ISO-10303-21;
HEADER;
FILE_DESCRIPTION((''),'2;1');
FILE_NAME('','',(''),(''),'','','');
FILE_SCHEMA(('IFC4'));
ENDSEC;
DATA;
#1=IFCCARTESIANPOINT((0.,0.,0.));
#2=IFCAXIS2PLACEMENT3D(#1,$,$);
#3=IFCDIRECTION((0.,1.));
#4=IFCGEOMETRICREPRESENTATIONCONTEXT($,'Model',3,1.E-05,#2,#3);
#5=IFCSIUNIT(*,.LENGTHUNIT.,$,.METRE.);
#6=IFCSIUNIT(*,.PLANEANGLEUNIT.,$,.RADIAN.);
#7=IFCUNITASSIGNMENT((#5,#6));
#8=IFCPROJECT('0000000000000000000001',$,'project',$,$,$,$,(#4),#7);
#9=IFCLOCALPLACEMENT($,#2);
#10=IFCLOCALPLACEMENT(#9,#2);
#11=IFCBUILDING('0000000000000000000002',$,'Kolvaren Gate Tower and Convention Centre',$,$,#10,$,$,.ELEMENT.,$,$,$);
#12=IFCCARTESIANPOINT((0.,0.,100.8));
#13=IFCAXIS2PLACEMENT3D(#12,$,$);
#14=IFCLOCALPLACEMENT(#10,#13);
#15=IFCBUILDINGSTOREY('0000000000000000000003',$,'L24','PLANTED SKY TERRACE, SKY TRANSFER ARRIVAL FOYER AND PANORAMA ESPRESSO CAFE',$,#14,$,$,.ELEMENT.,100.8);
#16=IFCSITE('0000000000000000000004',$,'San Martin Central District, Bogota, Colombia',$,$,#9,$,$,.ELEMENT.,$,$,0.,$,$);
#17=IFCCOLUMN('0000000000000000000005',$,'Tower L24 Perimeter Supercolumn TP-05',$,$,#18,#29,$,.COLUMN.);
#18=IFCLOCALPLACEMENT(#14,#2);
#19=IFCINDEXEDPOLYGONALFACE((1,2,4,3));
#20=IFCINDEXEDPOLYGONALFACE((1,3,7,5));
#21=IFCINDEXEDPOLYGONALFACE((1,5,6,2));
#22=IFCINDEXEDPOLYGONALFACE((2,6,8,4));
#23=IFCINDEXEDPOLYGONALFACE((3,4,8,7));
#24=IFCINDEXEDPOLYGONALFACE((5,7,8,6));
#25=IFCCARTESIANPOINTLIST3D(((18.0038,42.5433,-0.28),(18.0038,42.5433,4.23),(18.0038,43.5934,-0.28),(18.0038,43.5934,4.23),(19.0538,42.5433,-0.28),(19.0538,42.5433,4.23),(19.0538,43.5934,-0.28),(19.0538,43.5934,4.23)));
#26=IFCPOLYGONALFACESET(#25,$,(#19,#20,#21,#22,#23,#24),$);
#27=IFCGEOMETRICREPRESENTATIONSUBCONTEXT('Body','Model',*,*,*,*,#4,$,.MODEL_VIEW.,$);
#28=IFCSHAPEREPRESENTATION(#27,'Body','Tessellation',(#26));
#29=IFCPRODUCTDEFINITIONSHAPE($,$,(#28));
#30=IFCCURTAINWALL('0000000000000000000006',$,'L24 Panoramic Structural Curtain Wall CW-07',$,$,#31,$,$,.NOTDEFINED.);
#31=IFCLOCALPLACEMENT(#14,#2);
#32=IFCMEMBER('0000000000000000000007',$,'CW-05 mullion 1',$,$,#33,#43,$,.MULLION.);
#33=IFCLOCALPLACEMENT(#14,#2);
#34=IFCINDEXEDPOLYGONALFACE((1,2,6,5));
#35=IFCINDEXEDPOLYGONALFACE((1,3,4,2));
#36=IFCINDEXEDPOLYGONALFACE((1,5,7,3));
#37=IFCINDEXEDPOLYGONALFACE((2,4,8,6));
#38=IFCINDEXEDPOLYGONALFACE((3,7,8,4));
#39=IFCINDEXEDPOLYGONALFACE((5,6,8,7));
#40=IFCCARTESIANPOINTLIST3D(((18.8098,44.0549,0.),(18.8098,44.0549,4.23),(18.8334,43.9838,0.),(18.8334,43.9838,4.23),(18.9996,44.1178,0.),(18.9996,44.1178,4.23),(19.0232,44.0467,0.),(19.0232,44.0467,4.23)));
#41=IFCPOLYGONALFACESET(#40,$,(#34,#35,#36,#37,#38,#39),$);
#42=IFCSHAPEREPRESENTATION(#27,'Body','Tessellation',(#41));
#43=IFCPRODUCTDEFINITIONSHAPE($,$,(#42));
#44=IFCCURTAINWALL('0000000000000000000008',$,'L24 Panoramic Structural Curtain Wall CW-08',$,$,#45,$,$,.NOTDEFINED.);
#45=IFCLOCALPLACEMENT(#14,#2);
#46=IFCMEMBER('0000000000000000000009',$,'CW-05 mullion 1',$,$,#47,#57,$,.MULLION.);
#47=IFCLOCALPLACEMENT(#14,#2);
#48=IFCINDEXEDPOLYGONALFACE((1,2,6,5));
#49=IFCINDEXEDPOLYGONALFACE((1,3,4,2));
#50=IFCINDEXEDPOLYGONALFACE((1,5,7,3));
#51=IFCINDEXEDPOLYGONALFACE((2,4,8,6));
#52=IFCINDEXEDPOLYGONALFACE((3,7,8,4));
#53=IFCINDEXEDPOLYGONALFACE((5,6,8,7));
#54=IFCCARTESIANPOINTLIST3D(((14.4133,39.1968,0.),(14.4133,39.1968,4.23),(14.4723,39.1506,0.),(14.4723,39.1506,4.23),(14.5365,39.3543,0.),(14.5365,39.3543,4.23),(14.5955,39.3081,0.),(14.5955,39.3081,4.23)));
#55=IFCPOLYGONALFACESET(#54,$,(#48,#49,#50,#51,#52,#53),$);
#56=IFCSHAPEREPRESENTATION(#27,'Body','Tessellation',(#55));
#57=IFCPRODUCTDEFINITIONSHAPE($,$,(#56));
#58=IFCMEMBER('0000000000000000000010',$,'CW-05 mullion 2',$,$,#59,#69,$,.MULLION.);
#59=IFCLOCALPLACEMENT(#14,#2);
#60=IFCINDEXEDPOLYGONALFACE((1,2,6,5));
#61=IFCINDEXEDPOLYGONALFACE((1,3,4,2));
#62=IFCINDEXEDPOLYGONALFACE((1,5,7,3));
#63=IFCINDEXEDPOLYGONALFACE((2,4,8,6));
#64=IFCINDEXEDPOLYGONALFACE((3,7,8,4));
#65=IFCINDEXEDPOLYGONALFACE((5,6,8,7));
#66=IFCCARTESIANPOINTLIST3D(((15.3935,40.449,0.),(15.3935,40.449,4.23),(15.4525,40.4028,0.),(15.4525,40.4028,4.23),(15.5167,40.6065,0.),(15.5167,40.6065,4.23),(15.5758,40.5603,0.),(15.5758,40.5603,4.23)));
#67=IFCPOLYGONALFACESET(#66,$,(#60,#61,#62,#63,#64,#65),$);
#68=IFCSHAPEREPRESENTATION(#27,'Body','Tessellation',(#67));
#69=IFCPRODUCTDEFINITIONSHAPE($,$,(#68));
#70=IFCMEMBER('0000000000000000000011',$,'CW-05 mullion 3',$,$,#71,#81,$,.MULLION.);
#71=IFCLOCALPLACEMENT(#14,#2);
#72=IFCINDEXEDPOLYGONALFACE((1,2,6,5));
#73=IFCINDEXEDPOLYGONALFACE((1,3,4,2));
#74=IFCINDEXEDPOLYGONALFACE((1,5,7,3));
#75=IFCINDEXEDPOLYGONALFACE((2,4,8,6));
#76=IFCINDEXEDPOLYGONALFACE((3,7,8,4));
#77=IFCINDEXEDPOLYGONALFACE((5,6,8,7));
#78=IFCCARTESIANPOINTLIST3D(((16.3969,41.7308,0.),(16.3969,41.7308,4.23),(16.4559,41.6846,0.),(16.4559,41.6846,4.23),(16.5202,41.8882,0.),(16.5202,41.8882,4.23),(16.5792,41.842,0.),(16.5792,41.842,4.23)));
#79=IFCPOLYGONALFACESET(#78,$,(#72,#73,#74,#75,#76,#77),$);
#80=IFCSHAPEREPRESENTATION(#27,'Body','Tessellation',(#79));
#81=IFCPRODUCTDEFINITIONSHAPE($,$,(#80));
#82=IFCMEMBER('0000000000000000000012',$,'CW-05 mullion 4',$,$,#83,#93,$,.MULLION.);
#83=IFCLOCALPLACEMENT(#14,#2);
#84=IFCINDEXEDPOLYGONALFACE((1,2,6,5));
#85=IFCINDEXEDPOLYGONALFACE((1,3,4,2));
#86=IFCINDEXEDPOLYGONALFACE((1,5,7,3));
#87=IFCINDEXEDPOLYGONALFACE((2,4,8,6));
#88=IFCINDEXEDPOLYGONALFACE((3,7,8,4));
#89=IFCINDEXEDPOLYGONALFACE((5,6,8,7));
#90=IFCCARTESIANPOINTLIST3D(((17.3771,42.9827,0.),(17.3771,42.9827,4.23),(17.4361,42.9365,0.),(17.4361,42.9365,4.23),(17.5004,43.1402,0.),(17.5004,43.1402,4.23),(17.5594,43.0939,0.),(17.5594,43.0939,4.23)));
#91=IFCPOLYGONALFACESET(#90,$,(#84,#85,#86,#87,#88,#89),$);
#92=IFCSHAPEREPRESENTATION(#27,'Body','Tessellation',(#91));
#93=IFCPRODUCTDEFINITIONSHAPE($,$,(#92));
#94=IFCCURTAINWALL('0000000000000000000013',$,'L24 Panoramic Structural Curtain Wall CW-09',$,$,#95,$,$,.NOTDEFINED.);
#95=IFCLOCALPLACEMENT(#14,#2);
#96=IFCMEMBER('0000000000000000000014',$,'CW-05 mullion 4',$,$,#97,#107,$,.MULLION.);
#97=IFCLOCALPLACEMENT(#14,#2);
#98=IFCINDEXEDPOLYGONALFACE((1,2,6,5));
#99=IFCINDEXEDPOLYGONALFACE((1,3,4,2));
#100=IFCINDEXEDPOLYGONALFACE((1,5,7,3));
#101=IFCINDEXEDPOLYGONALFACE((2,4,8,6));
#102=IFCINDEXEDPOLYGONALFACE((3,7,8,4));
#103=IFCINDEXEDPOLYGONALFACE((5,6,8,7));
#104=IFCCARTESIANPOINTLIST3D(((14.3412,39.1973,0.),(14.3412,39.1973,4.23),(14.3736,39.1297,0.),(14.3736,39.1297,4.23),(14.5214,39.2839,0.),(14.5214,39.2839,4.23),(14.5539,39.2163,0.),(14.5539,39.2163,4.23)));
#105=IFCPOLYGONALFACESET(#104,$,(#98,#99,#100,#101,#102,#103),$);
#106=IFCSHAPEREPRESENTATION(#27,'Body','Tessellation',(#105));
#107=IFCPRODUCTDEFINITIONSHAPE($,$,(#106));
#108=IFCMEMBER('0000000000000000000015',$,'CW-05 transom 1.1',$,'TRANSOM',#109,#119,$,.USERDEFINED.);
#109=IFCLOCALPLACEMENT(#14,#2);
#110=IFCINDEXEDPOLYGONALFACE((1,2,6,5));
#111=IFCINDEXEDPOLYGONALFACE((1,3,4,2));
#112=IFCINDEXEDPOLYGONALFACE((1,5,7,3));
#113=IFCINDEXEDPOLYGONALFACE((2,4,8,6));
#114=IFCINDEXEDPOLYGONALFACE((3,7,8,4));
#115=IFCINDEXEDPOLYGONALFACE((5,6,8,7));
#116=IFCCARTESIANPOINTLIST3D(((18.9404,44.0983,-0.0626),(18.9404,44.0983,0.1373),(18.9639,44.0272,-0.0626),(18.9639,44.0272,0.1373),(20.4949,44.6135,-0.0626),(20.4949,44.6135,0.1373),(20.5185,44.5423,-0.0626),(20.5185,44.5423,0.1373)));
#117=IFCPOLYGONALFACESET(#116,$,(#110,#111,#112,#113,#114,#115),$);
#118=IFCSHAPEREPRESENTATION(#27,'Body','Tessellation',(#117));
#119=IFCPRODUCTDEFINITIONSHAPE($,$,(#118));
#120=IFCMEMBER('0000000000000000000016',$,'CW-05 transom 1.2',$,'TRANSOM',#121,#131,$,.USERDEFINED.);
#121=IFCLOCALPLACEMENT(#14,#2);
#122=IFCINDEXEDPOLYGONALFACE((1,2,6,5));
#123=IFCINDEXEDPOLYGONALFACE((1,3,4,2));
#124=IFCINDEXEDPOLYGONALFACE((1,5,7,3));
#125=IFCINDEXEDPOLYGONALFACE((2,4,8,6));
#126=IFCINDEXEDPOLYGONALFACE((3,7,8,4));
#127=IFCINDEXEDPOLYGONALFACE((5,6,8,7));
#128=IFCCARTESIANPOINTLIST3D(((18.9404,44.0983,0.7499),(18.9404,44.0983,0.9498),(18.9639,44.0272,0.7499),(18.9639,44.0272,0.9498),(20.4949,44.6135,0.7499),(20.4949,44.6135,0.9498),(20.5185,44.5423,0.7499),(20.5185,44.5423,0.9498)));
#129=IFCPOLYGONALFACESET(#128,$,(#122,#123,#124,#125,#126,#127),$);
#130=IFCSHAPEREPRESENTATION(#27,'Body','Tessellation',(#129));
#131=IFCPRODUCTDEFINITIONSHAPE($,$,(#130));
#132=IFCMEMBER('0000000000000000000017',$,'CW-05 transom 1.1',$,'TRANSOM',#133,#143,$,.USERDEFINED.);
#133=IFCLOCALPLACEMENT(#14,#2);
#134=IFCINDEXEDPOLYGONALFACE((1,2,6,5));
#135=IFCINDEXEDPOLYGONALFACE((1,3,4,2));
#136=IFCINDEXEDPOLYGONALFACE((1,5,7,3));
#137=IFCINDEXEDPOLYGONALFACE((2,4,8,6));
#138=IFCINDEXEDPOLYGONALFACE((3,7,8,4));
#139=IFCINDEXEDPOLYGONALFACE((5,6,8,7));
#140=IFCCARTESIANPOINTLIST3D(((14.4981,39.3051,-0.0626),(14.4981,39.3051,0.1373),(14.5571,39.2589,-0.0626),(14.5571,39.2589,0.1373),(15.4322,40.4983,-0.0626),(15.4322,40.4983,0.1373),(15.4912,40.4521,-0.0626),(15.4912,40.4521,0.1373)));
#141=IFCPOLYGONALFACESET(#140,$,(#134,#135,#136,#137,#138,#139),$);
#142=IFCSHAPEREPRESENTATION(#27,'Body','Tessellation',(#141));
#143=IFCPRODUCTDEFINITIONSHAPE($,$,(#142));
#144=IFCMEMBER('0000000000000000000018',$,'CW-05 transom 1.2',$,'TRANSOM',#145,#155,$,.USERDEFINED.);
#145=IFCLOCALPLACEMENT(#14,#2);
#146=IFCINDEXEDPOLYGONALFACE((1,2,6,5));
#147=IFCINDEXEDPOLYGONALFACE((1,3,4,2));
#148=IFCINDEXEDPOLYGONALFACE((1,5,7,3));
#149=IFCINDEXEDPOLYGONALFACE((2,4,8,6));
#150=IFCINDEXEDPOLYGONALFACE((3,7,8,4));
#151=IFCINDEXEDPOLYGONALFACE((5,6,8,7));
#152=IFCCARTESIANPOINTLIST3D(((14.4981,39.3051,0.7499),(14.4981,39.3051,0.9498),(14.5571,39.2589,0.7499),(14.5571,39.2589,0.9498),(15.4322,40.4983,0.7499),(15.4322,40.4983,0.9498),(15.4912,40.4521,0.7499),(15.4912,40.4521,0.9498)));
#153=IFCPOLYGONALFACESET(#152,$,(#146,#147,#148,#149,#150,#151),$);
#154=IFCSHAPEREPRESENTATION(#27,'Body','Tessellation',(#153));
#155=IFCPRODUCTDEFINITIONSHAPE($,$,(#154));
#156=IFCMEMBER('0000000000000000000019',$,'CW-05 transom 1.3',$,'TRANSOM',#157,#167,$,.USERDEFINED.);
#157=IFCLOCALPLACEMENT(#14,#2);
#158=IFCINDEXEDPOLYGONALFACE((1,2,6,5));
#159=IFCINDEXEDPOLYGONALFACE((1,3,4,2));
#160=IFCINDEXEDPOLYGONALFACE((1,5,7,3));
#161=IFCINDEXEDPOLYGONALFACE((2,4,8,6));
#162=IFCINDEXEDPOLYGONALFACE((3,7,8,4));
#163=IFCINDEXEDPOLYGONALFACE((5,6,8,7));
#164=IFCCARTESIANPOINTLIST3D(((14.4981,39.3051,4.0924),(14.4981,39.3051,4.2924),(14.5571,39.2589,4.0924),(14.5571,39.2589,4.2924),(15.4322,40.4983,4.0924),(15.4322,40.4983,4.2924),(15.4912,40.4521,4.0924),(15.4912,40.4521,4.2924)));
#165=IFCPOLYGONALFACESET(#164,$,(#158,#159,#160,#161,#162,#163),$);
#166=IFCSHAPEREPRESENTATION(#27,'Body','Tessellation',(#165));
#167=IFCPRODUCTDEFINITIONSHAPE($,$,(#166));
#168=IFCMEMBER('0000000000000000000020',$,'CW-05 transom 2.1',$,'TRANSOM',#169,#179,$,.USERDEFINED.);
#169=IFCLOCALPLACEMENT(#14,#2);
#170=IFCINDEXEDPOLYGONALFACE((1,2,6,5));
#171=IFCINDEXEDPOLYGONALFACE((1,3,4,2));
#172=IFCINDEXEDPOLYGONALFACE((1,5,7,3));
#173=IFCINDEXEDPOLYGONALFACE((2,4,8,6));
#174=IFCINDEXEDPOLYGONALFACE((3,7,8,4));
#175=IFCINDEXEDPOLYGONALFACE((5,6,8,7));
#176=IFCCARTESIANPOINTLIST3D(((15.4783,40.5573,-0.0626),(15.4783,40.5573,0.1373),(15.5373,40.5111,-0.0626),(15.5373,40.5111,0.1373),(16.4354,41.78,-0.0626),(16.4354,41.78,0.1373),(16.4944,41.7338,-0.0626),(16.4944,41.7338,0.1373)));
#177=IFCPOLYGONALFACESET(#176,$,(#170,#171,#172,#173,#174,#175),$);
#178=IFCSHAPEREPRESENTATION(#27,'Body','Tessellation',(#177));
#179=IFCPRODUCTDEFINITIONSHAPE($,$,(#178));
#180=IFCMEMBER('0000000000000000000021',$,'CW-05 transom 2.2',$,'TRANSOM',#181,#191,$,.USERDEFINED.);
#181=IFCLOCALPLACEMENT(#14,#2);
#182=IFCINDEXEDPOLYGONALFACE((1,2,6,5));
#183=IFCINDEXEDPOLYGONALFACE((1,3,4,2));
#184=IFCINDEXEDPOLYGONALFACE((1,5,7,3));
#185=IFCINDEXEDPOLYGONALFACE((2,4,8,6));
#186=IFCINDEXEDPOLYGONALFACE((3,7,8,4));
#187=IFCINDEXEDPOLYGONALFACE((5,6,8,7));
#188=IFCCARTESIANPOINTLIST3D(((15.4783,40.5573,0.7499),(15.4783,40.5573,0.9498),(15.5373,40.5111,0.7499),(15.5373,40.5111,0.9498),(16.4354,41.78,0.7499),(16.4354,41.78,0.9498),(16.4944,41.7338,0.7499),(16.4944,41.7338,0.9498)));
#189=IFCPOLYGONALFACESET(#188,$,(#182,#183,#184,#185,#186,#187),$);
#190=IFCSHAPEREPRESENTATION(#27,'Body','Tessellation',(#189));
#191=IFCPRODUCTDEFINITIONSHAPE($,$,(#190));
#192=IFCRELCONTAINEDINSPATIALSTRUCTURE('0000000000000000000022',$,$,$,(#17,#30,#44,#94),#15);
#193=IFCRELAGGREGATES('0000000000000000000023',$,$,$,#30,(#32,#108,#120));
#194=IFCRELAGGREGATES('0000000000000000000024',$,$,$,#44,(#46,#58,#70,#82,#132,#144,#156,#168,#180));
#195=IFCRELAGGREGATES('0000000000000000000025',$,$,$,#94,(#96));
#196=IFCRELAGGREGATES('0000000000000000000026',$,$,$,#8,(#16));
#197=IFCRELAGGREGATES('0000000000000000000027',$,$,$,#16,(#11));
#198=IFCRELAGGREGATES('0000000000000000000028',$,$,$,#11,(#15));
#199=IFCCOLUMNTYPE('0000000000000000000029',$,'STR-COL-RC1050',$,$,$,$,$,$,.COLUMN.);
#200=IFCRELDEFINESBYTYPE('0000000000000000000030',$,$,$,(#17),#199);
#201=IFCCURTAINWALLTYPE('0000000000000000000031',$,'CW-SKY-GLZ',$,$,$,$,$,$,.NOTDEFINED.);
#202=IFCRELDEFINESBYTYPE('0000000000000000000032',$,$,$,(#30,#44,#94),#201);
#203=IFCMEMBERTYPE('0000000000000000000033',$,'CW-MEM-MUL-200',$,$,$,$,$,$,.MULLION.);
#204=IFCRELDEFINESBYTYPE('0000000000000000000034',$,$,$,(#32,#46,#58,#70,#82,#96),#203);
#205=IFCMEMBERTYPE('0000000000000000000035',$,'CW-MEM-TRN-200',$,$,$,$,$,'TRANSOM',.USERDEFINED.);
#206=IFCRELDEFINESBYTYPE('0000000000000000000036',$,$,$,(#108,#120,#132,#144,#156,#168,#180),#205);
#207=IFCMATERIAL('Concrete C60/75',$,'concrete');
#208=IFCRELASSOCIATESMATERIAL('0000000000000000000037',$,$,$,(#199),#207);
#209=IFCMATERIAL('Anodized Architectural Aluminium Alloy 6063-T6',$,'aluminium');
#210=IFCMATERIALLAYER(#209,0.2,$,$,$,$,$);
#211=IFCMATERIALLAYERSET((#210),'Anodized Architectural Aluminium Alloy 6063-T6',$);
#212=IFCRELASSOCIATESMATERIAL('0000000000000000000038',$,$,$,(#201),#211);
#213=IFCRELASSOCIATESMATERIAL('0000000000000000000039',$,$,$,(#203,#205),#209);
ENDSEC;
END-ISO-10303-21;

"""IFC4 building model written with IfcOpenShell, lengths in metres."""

from ifc_helpers import new_model, si_unit, direction, frame, origin, origin_2d, place, context, subcontext, project, spatial, rectangle, extrude, material, layer, layer_set, material_profile, profile_set, type_object, element, aggregate, save


model = new_model("IFC4")

# Units and contexts
model_context = context("Model", 3, precision=1e-05, world=origin(), true_north=direction((0.0, 1.0)))
body_context = subcontext(model_context, "Body", "Model", "MODEL_VIEW")
ifc_project = project(units=[si_unit("LENGTHUNIT", "METRE"), si_unit("PLANEANGLEUNIT", "RADIAN")], contexts=[model_context])

# Site, building, storey
site_placement = place(None, origin())
site = spatial("IfcSite", under=ifc_project, at=site_placement, Name="San Martin Central District, Bogota, Colombia", CompositionType="ELEMENT", RefElevation=0.0)
building_placement = place(site_placement, origin())
building = spatial("IfcBuilding", under=site, at=building_placement, Name="Kolvaren Gate Tower and Convention Centre", CompositionType="ELEMENT")
storey_placement = place(building_placement, frame((0.0, 0.0, 100.8)))
storey = spatial("IfcBuildingStorey", under=building, at=storey_placement, Name="L24", Description="PLANTED SKY TERRACE, SKY TRANSFER ARRIVAL FOYER AND PANORAMA ESPRESSO CAFE", CompositionType="ELEMENT", Elevation=100.8)

# Column
ifc_material_1 = material(Name="Concrete C60/75", Category="concrete")
ifc_material_profile_1 = material_profile(ifc_material_1, rectangle(XDim=1.05, YDim=1.05, at=origin_2d()), Name="RC-COL-1050X1050")
ifc_profile_set_1 = profile_set([ifc_material_profile_1], Name="Concrete C60/75")
column_type = type_object("IfcColumnType", Name="STR-COL-RC1050", PredefinedType="COLUMN", material=ifc_profile_set_1)
column_placement = place(storey_placement, frame((18.5288, 43.0684, -0.28), z_axis=(0.0, 0.0, 1.0), x_axis=(1.0, 0.0, 0.0)))
element("IfcColumn", 1, at=column_placement, inside=storey, type_object=column_type, Name="Tower L24 Perimeter Supercolumn TP-05", PredefinedType="COLUMN", context=body_context, shape_type="SweptSolid", body=[
    extrude(rectangle(XDim=1.05, YDim=1.05, at=origin_2d()), origin(), (0.0, 0.0, 1.0), 4.51),
])

# Curtain wall, member
ifc_material_2 = material(Name="Anodized Architectural Aluminium Alloy 6063-T6", Category="aluminium")
ifc_layer_1 = layer(ifc_material_2, 0.2)
ifc_layer_set_1 = layer_set([ifc_layer_1], Name="Anodized Architectural Aluminium Alloy 6063-T6")
curtain_wall_type = type_object("IfcCurtainWallType", Name="CW-SKY-GLZ", PredefinedType="NOTDEFINED", material=ifc_layer_set_1)
curtain_wall_1_placement = place(storey_placement, origin())
curtain_wall_1 = element("IfcCurtainWall", 2, at=curtain_wall_1_placement, inside=storey, type_object=curtain_wall_type, Name="L24 Panoramic Structural Curtain Wall CW-07", PredefinedType="NOTDEFINED")
ifc_material_profile_2 = material_profile(ifc_material_2, rectangle(XDim=0.075, YDim=0.2, at=origin_2d()), Name="CW-MEM-MUL-200")
ifc_profile_set_2 = profile_set([ifc_material_profile_2], Name="Anodized Architectural Aluminium Alloy 6063-T6")
member_type_1 = type_object("IfcMemberType", Name="CW-MEM-MUL-200", PredefinedType="MULLION", material=ifc_profile_set_2)
member_1_placement = place(storey_placement, frame((18.9165, 44.0508, 0.0), z_axis=(0.0, 0.0, 1.0), x_axis=(-0.314565, 0.949236, 0.0)))
member_1 = element("IfcMember", 3, at=member_1_placement, type_object=member_type_1, Name="CW-05 mullion 1", PredefinedType="MULLION", context=body_context, shape_type="SweptSolid", body=[
    extrude(rectangle(XDim=0.075, YDim=0.2, at=origin_2d()), origin(), (0.0, 0.0, 1.0), 4.23),
])

# Curtain wall, members
curtain_wall_2_placement = place(storey_placement, origin())
curtain_wall_2 = element("IfcCurtainWall", 4, at=curtain_wall_2_placement, inside=storey, type_object=curtain_wall_type, Name="L24 Panoramic Structural Curtain Wall CW-08", PredefinedType="NOTDEFINED")
member_2_placement = place(storey_placement, frame((14.5044, 39.2524, 0.0), z_axis=(0.0, 0.0, 1.0), x_axis=(-0.787401, 0.616441, 0.0)))
member_2 = element("IfcMember", 5, at=member_2_placement, type_object=member_type_1, Name="CW-05 mullion 1", PredefinedType="MULLION", context=body_context, shape_type="SweptSolid", body=[
    extrude(rectangle(XDim=0.075, YDim=0.2, at=origin_2d()), origin(), (0.0, 0.0, 1.0), 4.23),
])
member_3_placement = place(storey_placement, frame((15.4846, 40.5046, 0.0), z_axis=(0.0, 0.0, 1.0), x_axis=(-0.787401, 0.616441, 0.0)))
member_3 = element("IfcMember", 6, at=member_3_placement, type_object=member_type_1, Name="CW-05 mullion 2", PredefinedType="MULLION", context=body_context, shape_type="SweptSolid", body=[
    extrude(rectangle(XDim=0.075, YDim=0.2, at=origin_2d()), origin(), (0.0, 0.0, 1.0), 4.23),
])
member_4_placement = place(storey_placement, frame((16.488, 41.7864, 0.0), z_axis=(0.0, 0.0, 1.0), x_axis=(-0.787401, 0.616441, 0.0)))
member_4 = element("IfcMember", 7, at=member_4_placement, type_object=member_type_1, Name="CW-05 mullion 3", PredefinedType="MULLION", context=body_context, shape_type="SweptSolid", body=[
    extrude(rectangle(XDim=0.075, YDim=0.2, at=origin_2d()), origin(), (0.0, 0.0, 1.0), 4.23),
])
member_5_placement = place(storey_placement, frame((17.4683, 43.0383, 0.0), z_axis=(0.0, 0.0, 1.0), x_axis=(-0.787401, 0.616441, 0.0)))
member_5 = element("IfcMember", 8, at=member_5_placement, type_object=member_type_1, Name="CW-05 mullion 4", PredefinedType="MULLION", context=body_context, shape_type="SweptSolid", body=[
    extrude(rectangle(XDim=0.075, YDim=0.2, at=origin_2d()), origin(), (0.0, 0.0, 1.0), 4.23),
])

# Curtain wall, member
curtain_wall_3_placement = place(storey_placement, origin())
curtain_wall_3 = element("IfcCurtainWall", 9, at=curtain_wall_3_placement, inside=storey, type_object=curtain_wall_type, Name="L24 Panoramic Structural Curtain Wall CW-09", PredefinedType="NOTDEFINED")
member_6_placement = place(storey_placement, frame((14.4475, 39.2068, 0.0), z_axis=(0.0, 0.0, 1.0), x_axis=(-0.433073, 0.901359, 0.0)))
member_6 = element("IfcMember", 10, at=member_6_placement, type_object=member_type_1, Name="CW-05 mullion 4", PredefinedType="MULLION", context=body_context, shape_type="SweptSolid", body=[
    extrude(rectangle(XDim=0.075, YDim=0.2, at=origin_2d()), origin(), (0.0, 0.0, 1.0), 4.23),
])

# Members
ifc_material_profile_3 = material_profile(ifc_material_2, rectangle(XDim=0.075, YDim=0.2, at=origin_2d()), Name="CW-MEM-TRN-200")
ifc_profile_set_3 = profile_set([ifc_material_profile_3], Name="Anodized Architectural Aluminium Alloy 6063-T6")
member_type_2 = type_object("IfcMemberType", Name="CW-MEM-TRN-200", ElementType="TRANSOM", PredefinedType="USERDEFINED", material=ifc_profile_set_3)
member_7_placement = place(storey_placement, frame((18.9521, 44.0627, 0.0374), z_axis=(0.949233, 0.314572, 0.0), x_axis=(-0.314572, 0.949233, 0.0)))
member_7 = element("IfcMember", 11, at=member_7_placement, type_object=member_type_2, Name="CW-05 transom 1.1", ObjectType="TRANSOM", PredefinedType="USERDEFINED", context=body_context, shape_type="SweptSolid", body=[
    extrude(rectangle(XDim=0.075, YDim=0.2, at=origin_2d()), origin(), (0.0, 0.0, 1.0), 1.6377),
])
member_8_placement = place(storey_placement, frame((18.9521, 44.0627, 0.8499), z_axis=(0.949233, 0.314572, 0.0), x_axis=(-0.314572, 0.949233, 0.0)))
member_8 = element("IfcMember", 12, at=member_8_placement, type_object=member_type_2, Name="CW-05 transom 1.2", ObjectType="TRANSOM", PredefinedType="USERDEFINED", context=body_context, shape_type="SweptSolid", body=[
    extrude(rectangle(XDim=0.075, YDim=0.2, at=origin_2d()), origin(), (0.0, 0.0, 1.0), 1.6377),
])
aggregate(curtain_wall_1, [member_1, member_7, member_8])
member_9_placement = place(storey_placement, frame((14.5276, 39.282, 0.0374), z_axis=(0.616447, 0.787396, 0.0), x_axis=(-0.787396, 0.616447, 0.0)))
member_9 = element("IfcMember", 13, at=member_9_placement, type_object=member_type_2, Name="CW-05 transom 1.1", ObjectType="TRANSOM", PredefinedType="USERDEFINED", context=body_context, shape_type="SweptSolid", body=[
    extrude(rectangle(XDim=0.075, YDim=0.2, at=origin_2d()), origin(), (0.0, 0.0, 1.0), 1.5154),
])
member_10_placement = place(storey_placement, frame((14.5276, 39.282, 0.8499), z_axis=(0.616447, 0.787396, 0.0), x_axis=(-0.787396, 0.616447, 0.0)))
member_10 = element("IfcMember", 14, at=member_10_placement, type_object=member_type_2, Name="CW-05 transom 1.2", ObjectType="TRANSOM", PredefinedType="USERDEFINED", context=body_context, shape_type="SweptSolid", body=[
    extrude(rectangle(XDim=0.075, YDim=0.2, at=origin_2d()), origin(), (0.0, 0.0, 1.0), 1.5154),
])
member_11_placement = place(storey_placement, frame((14.5276, 39.282, 4.1924), z_axis=(0.616447, 0.787396, 0.0), x_axis=(-0.787396, 0.616447, 0.0)))
member_11 = element("IfcMember", 15, at=member_11_placement, type_object=member_type_2, Name="CW-05 transom 1.3", ObjectType="TRANSOM", PredefinedType="USERDEFINED", context=body_context, shape_type="SweptSolid", body=[
    extrude(rectangle(XDim=0.075, YDim=0.2, at=origin_2d()), origin(), (0.0, 0.0, 1.0), 1.5154),
])
member_12_placement = place(storey_placement, frame((15.5078, 40.5342, 0.0374), z_axis=(0.616376, 0.787452, 0.0), x_axis=(-0.787452, 0.616376, 0.0)))
member_12 = element("IfcMember", 16, at=member_12_placement, type_object=member_type_2, Name="CW-05 transom 2.1", ObjectType="TRANSOM", PredefinedType="USERDEFINED", context=body_context, shape_type="SweptSolid", body=[
    extrude(rectangle(XDim=0.075, YDim=0.2, at=origin_2d()), origin(), (0.0, 0.0, 1.0), 1.5527),
])
member_13_placement = place(storey_placement, frame((15.5078, 40.5342, 0.8499), z_axis=(0.616376, 0.787452, 0.0), x_axis=(-0.787452, 0.616376, 0.0)))
member_13 = element("IfcMember", 17, at=member_13_placement, type_object=member_type_2, Name="CW-05 transom 2.2", ObjectType="TRANSOM", PredefinedType="USERDEFINED", context=body_context, shape_type="SweptSolid", body=[
    extrude(rectangle(XDim=0.075, YDim=0.2, at=origin_2d()), origin(), (0.0, 0.0, 1.0), 1.5527),
])

aggregate(curtain_wall_2, [member_2, member_3, member_4, member_5, member_9, member_10, member_11, member_12, member_13])
aggregate(curtain_wall_3, [member_6])

save(model, "model.ifc")
